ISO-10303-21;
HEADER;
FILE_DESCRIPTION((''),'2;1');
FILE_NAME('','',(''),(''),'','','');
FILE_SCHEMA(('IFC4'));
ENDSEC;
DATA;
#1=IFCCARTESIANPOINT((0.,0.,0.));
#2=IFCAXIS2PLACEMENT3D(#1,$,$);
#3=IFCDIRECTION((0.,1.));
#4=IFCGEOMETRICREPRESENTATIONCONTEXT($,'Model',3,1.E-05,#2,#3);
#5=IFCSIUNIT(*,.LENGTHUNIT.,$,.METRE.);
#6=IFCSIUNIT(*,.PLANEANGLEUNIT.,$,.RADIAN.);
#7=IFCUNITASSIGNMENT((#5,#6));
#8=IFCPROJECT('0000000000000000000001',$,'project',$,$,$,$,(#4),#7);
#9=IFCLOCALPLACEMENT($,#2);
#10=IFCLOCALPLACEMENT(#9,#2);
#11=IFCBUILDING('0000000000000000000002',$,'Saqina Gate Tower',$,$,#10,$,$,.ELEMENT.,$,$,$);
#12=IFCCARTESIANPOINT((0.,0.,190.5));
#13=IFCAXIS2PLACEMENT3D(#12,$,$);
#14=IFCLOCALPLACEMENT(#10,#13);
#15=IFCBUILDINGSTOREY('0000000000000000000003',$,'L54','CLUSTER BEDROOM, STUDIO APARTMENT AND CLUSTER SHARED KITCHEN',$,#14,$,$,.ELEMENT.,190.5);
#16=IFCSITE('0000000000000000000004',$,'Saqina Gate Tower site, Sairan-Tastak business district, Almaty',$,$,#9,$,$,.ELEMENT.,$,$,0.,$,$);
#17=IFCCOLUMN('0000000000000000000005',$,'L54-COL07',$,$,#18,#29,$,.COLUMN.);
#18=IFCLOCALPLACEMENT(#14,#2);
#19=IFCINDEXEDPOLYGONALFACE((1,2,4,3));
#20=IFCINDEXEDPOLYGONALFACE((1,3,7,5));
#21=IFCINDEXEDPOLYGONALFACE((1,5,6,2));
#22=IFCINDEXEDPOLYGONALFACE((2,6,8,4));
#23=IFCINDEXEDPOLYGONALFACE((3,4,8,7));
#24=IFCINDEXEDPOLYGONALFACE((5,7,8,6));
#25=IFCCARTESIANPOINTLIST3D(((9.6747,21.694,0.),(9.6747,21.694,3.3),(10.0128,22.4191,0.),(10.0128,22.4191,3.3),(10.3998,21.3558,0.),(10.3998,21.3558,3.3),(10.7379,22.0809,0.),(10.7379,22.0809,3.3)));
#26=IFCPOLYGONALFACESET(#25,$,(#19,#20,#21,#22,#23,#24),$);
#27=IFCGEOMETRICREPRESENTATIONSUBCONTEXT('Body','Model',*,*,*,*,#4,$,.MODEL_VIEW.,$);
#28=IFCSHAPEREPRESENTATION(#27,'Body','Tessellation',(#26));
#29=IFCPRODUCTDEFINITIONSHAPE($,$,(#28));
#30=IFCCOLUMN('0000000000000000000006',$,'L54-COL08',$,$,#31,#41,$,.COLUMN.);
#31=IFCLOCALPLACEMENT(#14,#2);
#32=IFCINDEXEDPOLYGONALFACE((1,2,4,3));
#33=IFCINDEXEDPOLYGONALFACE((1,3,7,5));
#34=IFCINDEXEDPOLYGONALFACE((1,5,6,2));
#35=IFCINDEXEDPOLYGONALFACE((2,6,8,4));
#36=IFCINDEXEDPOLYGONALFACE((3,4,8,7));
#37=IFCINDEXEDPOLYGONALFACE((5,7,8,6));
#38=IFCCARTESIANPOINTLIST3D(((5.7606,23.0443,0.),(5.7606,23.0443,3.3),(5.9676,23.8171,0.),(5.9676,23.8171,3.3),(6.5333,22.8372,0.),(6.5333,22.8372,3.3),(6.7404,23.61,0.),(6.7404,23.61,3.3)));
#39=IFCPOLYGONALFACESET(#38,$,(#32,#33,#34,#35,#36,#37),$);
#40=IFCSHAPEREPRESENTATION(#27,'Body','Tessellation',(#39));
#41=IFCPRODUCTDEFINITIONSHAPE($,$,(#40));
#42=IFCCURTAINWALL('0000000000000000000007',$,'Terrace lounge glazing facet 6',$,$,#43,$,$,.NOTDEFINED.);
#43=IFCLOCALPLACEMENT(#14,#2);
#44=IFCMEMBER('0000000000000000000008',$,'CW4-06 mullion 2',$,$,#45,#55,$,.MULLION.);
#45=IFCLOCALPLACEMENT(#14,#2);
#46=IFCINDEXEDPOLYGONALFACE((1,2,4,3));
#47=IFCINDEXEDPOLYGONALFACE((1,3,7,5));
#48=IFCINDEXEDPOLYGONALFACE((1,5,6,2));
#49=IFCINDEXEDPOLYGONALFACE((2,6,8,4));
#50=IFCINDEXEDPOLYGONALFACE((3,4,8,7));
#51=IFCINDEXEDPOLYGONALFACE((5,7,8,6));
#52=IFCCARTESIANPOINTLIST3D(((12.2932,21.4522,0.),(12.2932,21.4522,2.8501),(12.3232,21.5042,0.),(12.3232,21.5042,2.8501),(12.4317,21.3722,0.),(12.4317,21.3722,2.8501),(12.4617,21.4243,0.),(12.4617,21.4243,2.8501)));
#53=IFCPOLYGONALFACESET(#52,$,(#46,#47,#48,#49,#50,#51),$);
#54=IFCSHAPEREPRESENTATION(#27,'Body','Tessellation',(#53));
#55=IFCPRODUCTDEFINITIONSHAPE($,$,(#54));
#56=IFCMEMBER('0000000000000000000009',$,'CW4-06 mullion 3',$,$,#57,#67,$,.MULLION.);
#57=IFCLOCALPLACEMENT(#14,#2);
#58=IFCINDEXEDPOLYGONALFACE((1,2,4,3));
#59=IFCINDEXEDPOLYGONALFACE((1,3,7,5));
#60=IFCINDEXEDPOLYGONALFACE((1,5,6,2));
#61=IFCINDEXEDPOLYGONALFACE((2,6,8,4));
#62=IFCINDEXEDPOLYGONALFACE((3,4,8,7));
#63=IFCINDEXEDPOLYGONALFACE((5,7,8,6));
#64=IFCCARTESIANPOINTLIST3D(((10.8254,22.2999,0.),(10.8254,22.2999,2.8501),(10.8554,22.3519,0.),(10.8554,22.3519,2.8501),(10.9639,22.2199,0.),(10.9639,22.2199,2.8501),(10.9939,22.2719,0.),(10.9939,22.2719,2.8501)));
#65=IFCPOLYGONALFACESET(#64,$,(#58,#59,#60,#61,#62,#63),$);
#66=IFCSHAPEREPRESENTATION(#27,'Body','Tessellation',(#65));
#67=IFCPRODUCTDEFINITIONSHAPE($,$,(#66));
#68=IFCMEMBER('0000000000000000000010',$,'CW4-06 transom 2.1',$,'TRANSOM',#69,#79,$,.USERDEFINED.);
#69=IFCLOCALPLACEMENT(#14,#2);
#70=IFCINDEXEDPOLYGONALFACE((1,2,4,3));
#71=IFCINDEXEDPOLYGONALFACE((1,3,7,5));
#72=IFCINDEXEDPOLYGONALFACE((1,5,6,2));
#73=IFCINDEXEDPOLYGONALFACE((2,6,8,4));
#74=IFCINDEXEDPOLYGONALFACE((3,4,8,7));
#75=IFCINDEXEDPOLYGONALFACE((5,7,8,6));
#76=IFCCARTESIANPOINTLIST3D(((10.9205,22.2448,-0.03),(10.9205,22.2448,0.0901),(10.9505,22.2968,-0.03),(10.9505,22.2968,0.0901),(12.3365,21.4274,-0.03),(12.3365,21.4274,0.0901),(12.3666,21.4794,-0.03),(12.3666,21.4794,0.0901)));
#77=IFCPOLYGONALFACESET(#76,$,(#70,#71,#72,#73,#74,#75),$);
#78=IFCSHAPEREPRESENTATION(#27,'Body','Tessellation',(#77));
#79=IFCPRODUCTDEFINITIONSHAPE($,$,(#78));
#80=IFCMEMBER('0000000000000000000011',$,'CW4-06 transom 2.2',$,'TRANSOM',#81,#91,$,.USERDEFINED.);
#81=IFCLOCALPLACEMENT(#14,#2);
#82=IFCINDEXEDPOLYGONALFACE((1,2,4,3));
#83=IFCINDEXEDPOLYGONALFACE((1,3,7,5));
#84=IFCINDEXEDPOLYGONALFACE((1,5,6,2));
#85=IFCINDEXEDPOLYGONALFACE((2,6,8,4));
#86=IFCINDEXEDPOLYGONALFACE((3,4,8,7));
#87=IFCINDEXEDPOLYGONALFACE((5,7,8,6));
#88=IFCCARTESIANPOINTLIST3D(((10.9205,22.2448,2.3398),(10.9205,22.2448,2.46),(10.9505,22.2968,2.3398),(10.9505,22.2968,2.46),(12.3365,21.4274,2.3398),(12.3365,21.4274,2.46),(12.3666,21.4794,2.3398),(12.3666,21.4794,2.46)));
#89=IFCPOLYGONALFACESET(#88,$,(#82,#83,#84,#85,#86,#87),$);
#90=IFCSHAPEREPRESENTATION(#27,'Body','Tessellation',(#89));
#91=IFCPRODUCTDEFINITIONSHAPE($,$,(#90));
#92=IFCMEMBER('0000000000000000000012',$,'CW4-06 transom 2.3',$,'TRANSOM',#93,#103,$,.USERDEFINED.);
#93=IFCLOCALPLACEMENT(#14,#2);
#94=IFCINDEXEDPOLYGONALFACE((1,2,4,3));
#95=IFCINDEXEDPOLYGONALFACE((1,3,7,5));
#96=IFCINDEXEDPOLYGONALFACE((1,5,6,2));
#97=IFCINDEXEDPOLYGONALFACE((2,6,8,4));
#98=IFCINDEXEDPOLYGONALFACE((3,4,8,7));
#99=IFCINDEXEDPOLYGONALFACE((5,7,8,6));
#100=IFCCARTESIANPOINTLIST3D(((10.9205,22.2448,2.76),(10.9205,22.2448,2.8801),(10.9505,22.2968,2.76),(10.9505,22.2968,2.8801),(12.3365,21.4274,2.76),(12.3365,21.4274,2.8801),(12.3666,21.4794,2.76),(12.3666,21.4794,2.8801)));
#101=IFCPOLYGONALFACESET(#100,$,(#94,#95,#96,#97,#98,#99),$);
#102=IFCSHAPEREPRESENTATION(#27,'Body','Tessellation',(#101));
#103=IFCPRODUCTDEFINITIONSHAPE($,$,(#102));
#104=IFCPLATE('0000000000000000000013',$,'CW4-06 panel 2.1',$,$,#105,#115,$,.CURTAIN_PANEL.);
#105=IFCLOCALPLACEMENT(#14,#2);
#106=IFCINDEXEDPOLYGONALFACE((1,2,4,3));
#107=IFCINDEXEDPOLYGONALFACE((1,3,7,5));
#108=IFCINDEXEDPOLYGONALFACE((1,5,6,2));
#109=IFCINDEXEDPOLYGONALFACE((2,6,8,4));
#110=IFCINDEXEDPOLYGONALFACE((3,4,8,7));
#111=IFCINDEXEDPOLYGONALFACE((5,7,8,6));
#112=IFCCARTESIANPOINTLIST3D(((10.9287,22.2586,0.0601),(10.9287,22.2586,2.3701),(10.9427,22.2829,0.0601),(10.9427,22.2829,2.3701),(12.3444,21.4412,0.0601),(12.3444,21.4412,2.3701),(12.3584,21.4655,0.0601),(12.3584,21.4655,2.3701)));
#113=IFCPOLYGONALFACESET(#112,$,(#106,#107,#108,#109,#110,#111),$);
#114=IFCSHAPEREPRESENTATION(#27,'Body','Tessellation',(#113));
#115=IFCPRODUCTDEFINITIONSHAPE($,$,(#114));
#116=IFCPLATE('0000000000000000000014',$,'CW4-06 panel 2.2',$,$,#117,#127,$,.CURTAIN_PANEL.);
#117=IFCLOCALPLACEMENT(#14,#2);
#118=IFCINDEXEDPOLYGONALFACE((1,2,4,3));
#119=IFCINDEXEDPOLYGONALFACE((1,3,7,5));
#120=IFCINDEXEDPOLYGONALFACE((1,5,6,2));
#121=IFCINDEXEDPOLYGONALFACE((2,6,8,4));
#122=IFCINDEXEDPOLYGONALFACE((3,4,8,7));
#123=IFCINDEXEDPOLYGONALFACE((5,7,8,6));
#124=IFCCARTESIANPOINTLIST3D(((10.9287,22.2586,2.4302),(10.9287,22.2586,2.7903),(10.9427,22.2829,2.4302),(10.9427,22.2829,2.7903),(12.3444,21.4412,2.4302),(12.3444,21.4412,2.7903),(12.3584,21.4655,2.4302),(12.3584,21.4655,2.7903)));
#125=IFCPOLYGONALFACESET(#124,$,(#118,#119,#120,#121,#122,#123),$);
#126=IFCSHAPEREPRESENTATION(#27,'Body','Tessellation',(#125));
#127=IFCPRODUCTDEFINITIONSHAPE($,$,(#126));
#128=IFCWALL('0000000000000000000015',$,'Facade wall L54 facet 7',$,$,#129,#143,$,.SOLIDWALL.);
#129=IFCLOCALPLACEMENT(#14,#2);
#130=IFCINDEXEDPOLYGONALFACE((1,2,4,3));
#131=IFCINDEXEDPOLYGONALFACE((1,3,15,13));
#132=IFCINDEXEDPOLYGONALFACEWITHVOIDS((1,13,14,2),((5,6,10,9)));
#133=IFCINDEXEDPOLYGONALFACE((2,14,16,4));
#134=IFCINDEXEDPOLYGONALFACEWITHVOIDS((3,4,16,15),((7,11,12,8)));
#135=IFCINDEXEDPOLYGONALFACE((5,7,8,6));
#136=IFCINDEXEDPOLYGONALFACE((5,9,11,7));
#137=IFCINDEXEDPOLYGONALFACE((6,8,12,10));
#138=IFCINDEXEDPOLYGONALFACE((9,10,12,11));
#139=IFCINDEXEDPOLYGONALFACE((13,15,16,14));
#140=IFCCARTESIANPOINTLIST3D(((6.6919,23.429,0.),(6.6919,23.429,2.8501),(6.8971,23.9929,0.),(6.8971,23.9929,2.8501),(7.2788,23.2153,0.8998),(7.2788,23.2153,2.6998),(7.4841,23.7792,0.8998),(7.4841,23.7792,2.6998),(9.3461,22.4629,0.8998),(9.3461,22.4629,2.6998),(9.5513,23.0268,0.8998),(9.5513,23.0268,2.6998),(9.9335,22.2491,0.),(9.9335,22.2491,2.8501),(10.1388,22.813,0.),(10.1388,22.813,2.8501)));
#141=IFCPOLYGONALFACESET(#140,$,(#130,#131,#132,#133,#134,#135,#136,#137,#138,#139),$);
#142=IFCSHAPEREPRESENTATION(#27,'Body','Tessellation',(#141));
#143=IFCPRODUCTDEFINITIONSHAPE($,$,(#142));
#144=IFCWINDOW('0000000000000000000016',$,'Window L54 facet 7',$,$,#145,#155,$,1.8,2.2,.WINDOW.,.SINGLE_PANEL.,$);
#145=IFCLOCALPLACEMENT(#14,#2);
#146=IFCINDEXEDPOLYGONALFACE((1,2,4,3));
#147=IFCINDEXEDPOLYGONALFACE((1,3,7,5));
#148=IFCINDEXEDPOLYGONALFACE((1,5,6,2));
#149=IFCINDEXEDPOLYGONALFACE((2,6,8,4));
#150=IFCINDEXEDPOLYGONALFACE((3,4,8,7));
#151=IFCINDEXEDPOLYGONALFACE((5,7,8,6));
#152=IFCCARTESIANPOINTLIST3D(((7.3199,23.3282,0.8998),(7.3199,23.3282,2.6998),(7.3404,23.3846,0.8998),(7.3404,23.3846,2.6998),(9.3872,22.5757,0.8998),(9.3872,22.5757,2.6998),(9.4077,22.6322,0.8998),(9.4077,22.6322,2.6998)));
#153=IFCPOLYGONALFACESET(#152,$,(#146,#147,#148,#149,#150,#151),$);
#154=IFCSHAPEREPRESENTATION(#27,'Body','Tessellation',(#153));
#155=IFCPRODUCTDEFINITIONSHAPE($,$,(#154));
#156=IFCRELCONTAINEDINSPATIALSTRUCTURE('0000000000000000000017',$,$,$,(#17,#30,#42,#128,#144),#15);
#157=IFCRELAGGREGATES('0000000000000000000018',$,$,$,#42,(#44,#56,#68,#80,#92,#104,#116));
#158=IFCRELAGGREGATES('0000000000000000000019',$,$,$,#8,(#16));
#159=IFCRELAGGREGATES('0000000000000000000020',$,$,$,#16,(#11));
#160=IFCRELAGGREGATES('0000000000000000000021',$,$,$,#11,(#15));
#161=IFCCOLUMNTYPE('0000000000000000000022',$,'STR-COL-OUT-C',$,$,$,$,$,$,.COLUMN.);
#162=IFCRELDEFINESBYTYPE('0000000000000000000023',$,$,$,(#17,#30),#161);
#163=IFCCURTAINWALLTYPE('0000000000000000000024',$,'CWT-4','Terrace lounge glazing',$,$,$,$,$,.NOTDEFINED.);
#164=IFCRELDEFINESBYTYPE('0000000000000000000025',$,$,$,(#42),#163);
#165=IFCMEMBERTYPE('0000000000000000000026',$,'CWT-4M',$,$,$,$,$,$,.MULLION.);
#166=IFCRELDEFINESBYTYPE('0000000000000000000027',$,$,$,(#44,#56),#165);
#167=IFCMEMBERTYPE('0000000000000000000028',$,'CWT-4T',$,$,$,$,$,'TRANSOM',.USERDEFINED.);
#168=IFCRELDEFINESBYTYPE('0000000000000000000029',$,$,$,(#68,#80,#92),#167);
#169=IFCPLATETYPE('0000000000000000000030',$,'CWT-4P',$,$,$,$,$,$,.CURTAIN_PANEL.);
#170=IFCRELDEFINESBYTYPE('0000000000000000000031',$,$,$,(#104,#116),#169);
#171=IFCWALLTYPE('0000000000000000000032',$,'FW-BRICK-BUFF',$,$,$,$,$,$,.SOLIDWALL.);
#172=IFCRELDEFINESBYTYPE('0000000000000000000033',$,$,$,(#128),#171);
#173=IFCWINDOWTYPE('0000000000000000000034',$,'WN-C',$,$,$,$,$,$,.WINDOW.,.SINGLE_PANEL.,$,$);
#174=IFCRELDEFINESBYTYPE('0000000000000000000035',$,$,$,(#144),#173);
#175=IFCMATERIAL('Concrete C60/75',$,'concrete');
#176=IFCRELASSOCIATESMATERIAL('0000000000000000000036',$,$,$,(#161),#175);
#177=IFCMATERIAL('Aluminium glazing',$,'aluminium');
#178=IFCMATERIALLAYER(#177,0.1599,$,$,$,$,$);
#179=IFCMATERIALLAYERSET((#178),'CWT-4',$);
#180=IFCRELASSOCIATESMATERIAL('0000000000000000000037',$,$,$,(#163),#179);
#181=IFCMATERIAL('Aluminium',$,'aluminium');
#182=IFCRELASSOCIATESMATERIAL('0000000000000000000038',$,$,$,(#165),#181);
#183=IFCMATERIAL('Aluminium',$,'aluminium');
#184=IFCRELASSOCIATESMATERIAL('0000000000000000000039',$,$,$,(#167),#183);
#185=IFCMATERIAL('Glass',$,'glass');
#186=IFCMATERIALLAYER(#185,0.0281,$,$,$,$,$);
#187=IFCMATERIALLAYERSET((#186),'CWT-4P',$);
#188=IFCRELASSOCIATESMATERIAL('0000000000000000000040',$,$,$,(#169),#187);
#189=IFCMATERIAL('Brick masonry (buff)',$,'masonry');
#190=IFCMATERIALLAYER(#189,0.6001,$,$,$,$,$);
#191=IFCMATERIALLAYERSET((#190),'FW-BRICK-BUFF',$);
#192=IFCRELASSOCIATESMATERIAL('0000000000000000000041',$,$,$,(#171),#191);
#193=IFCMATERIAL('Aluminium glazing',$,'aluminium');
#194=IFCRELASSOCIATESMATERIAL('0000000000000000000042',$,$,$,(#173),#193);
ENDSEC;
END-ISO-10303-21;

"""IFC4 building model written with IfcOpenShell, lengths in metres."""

from ifc_helpers import new_model, si_unit, direction, frame, frame_2d, origin, origin_2d, place, context, subcontext, project, spatial, rectangle, extrude, material, layer, layer_set, material_profile, profile_set, type_object, element, fill, aggregate, save


model = new_model("IFC4")

# Units and contexts
model_context = context("Model", 3, precision=1e-05, world=origin(), true_north=direction((0.0, 1.0)))
body_context = subcontext(model_context, "Body", "Model", "MODEL_VIEW")
ifc_project = project(units=[si_unit("LENGTHUNIT", "METRE"), si_unit("PLANEANGLEUNIT", "RADIAN")], contexts=[model_context])

# Site, building, storey
site_placement = place(None, origin())
site = spatial("IfcSite", under=ifc_project, at=site_placement, Name="Saqina Gate Tower site, Sairan-Tastak business district, Almaty", CompositionType="ELEMENT", RefElevation=0.0)
building_placement = place(site_placement, origin())
building = spatial("IfcBuilding", under=site, at=building_placement, Name="Saqina Gate Tower", CompositionType="ELEMENT")
storey_placement = place(building_placement, frame((0.0, 0.0, 190.5)))
storey = spatial("IfcBuildingStorey", under=building, at=storey_placement, Name="L54", Description="CLUSTER BEDROOM, STUDIO APARTMENT AND CLUSTER SHARED KITCHEN", CompositionType="ELEMENT", Elevation=190.5)

# Columns
ifc_material_1 = material(Name="Concrete C60/75", Category="concrete")
ifc_material_profile_1 = material_profile(ifc_material_1, rectangle(XDim=0.8, YDim=0.8, at=origin_2d()), Name="RC 800x800")
ifc_profile_set_1 = profile_set([ifc_material_profile_1], Name="Concrete C60/75")
column_type = type_object("IfcColumnType", Name="STR-COL-OUT-C", PredefinedType="COLUMN", material=ifc_profile_set_1)
for number, where, z_axis, x_axis, name in (
    (1, (10.2063, 21.8875, 0.0), (0.0, 0.0, 1.0), (0.422618, 0.906308, 0.0), "L54-COL07"),
    (2, (6.2505, 23.3271, 0.0), (0.0, 0.0, 1.0), (0.258819, 0.965926, 0.0), "L54-COL08"),
):
    element("IfcColumn", number, at=place(storey_placement, frame(where, z_axis=z_axis, x_axis=x_axis)), inside=storey, type_object=column_type, Name=name, PredefinedType="COLUMN", context=body_context, shape_type="SweptSolid", body=[
        extrude(rectangle(XDim=0.8, YDim=0.8, at=origin_2d()), origin(), (0.0, 0.0, 1.0), 3.3),
    ])

# Curtain wall, members, plates
ifc_material_2 = material(Name="Aluminium glazing", Category="aluminium")
ifc_layer_1 = layer(ifc_material_2, 0.1599)
ifc_layer_set_1 = layer_set([ifc_layer_1], Name="CWT-4")
curtain_wall_type = type_object("IfcCurtainWallType", Name="CWT-4", Description="Terrace lounge glazing", PredefinedType="NOTDEFINED", material=ifc_layer_set_1)
curtain_wall_placement = place(storey_placement, origin())
curtain_wall = element("IfcCurtainWall", 3, at=curtain_wall_placement, inside=storey, type_object=curtain_wall_type, Name="Terrace lounge glazing facet 6", PredefinedType="NOTDEFINED")
ifc_material_3 = material(Name="Aluminium", Category="aluminium")
ifc_material_profile_2 = material_profile(ifc_material_3, rectangle(XDim=0.0601, YDim=0.1599, at=origin_2d()), Name="Aluminium 60x160")
ifc_profile_set_2 = profile_set([ifc_material_profile_2], Name="Aluminium")
member_type_1 = type_object("IfcMemberType", Name="CWT-4M", PredefinedType="MULLION", material=ifc_profile_set_2)
member_1_placement = place(storey_placement, frame((12.3774, 21.4382, 0.0), z_axis=(0.0, 0.0, 1.0), x_axis=(-0.500014, -0.866017, 0.0)))
member_1 = element("IfcMember", 4, at=member_1_placement, type_object=member_type_1, Name="CW4-06 mullion 2", PredefinedType="MULLION", context=body_context, shape_type="SweptSolid", body=[
    extrude(rectangle(XDim=0.0601, YDim=0.1599, at=origin_2d()), origin(), (0.0, 0.0, 1.0), 2.8501),
])
member_2_placement = place(storey_placement, frame((10.9097, 22.2859, 0.0), z_axis=(0.0, 0.0, 1.0), x_axis=(-0.500014, -0.866017, 0.0)))
member_2 = element("IfcMember", 5, at=member_2_placement, type_object=member_type_1, Name="CW4-06 mullion 3", PredefinedType="MULLION", context=body_context, shape_type="SweptSolid", body=[
    extrude(rectangle(XDim=0.0601, YDim=0.1599, at=origin_2d()), origin(), (0.0, 0.0, 1.0), 2.8501),
])
ifc_material_4 = material(Name="Aluminium", Category="aluminium")
ifc_material_profile_3 = material_profile(ifc_material_4, rectangle(XDim=0.0601, YDim=0.1201, at=origin_2d()), Name="Aluminium 60x120")
ifc_profile_set_3 = profile_set([ifc_material_profile_3], Name="Aluminium")
member_type_2 = type_object("IfcMemberType", Name="CWT-4T", ElementType="TRANSOM", PredefinedType="USERDEFINED", material=ifc_profile_set_3)
member_3_placement = place(storey_placement, frame((12.3516, 21.4534, 0.03), z_axis=(-0.866066, 0.499929, 0.0), x_axis=(-0.499929, -0.866066, 0.0)))
member_3 = element("IfcMember", 6, at=member_3_placement, type_object=member_type_2, Name="CW4-06 transom 2.1", ObjectType="TRANSOM", PredefinedType="USERDEFINED", context=body_context, shape_type="SweptSolid", body=[
    extrude(rectangle(XDim=0.0601, YDim=0.1201, at=origin_2d()), origin(), (0.0, 0.0, 1.0), 1.635),
])
member_4_placement = place(storey_placement, frame((12.3516, 21.4534, 2.3999), z_axis=(-0.866066, 0.499929, 0.0), x_axis=(-0.499929, -0.866066, 0.0)))
member_4 = element("IfcMember", 7, at=member_4_placement, type_object=member_type_2, Name="CW4-06 transom 2.2", ObjectType="TRANSOM", PredefinedType="USERDEFINED", context=body_context, shape_type="SweptSolid", body=[
    extrude(rectangle(XDim=0.0601, YDim=0.1201, at=origin_2d()), origin(), (0.0, 0.0, 1.0), 1.635),
])
member_5_placement = place(storey_placement, frame((12.3516, 21.4534, 2.8201), z_axis=(-0.866066, 0.499929, 0.0), x_axis=(-0.499929, -0.866066, 0.0)))
member_5 = element("IfcMember", 8, at=member_5_placement, type_object=member_type_2, Name="CW4-06 transom 2.3", ObjectType="TRANSOM", PredefinedType="USERDEFINED", context=body_context, shape_type="SweptSolid", body=[
    extrude(rectangle(XDim=0.0601, YDim=0.1201, at=origin_2d()), origin(), (0.0, 0.0, 1.0), 1.635),
])
ifc_material_5 = material(Name="Glass", Category="glass")
ifc_layer_2 = layer(ifc_material_5, 0.0281)
ifc_layer_set_2 = layer_set([ifc_layer_2], Name="CWT-4P")
plate_type = type_object("IfcPlateType", Name="CWT-4P", PredefinedType="CURTAIN_PANEL", material=ifc_layer_set_2)
plate_1_placement = place(storey_placement, frame((11.6436, 21.8621, 0.0601), z_axis=(0.0, 0.0, 1.0), x_axis=(-0.866017, 0.500014, 0.0)))
plate_1 = element("IfcPlate", 9, at=plate_1_placement, type_object=plate_type, Name="CW4-06 panel 2.1", PredefinedType="CURTAIN_PANEL", context=body_context, shape_type="SweptSolid", body=[
    extrude(rectangle(XDim=1.6348, YDim=0.0281, at=origin_2d()), origin(), (0.0, 0.0, 1.0), 2.3101),
])
plate_2_placement = place(storey_placement, frame((11.6436, 21.8621, 2.4302), z_axis=(0.0, 0.0, 1.0), x_axis=(-0.866017, 0.500014, 0.0)))
plate_2 = element("IfcPlate", 10, at=plate_2_placement, type_object=plate_type, Name="CW4-06 panel 2.2", PredefinedType="CURTAIN_PANEL", context=body_context, shape_type="SweptSolid", body=[
    extrude(rectangle(XDim=1.6348, YDim=0.0281, at=origin_2d()), origin(), (0.0, 0.0, 1.0), 0.3601),
])
aggregate(curtain_wall, [member_1, member_2, member_3, member_4, member_5, plate_1, plate_2])

# Wall, opening, window
ifc_material_6 = material(Name="Brick masonry (buff)", Category="masonry")
ifc_layer_3 = layer(ifc_material_6, 0.6001)
ifc_layer_set_3 = layer_set([ifc_layer_3], Name="FW-BRICK-BUFF")
wall_type_1 = type_object("IfcWallType", Name="FW-BRICK-BUFF", PredefinedType="SOLIDWALL", material=ifc_layer_set_3)
wall_1_placement = place(storey_placement, frame((10.0361, 22.531, 0.0), z_axis=(0.0, 0.0, 1.0), x_axis=(-0.939688, 0.342033, 0.0)))
wall_1 = element("IfcWall", 11, at=wall_1_placement, inside=storey, type_object=wall_type_1, Name="Facade wall L54 facet 7", PredefinedType="SOLIDWALL", context=body_context, shape_type="SweptSolid", body=[
    extrude(rectangle(XDim=3.4497, YDim=0.6001, at=frame_2d((1.7249, 0.0))), origin(), (0.0, 0.0, 1.0), 2.8501),
])
opening_1_placement = place(wall_1_placement, frame((0.625, 0.0, 0.8999)))
opening_1 = element("IfcOpeningElement", 12, at=opening_1_placement, cuts=wall_1, PredefinedType="OPENING", context=body_context, shape_type="SweptSolid", body=[
    extrude(rectangle(XDim=2.2, YDim=1.8, at=frame_2d((1.1001, 0.8999))), frame((0.0, 0.312, 0.0), z_axis=(0.0, -1.0, 0.0), x_axis=(1.0, 0.0, 0.0)), (0.0, 0.0, 1.0), 0.624),
])
ifc_material_7 = material(Name="Aluminium glazing", Category="aluminium")
window_type = type_object("IfcWindowType", Name="WN-C", PartitioningType="SINGLE_PANEL", PredefinedType="WINDOW", material=ifc_material_7)
window_placement = place(opening_1_placement, origin())
window = element("IfcWindow", 13, at=window_placement, inside=storey, type_object=window_type, Name="Window L54 facet 7", OverallHeight=1.8, OverallWidth=2.2, PartitioningType="SINGLE_PANEL", PredefinedType="WINDOW", context=body_context, shape_type="SweptSolid", body=[
    extrude(rectangle(XDim=2.2, YDim=1.8, at=frame_2d((1.1001, 0.8999))), frame((0.0, 0.1799, 0.0), z_axis=(0.0, -1.0, 0.0), x_axis=(1.0, 0.0, 0.0)), (0.0, 0.0, 1.0), 0.0601),
])
fill(opening_1, window)

save(model, "model.ifc")
